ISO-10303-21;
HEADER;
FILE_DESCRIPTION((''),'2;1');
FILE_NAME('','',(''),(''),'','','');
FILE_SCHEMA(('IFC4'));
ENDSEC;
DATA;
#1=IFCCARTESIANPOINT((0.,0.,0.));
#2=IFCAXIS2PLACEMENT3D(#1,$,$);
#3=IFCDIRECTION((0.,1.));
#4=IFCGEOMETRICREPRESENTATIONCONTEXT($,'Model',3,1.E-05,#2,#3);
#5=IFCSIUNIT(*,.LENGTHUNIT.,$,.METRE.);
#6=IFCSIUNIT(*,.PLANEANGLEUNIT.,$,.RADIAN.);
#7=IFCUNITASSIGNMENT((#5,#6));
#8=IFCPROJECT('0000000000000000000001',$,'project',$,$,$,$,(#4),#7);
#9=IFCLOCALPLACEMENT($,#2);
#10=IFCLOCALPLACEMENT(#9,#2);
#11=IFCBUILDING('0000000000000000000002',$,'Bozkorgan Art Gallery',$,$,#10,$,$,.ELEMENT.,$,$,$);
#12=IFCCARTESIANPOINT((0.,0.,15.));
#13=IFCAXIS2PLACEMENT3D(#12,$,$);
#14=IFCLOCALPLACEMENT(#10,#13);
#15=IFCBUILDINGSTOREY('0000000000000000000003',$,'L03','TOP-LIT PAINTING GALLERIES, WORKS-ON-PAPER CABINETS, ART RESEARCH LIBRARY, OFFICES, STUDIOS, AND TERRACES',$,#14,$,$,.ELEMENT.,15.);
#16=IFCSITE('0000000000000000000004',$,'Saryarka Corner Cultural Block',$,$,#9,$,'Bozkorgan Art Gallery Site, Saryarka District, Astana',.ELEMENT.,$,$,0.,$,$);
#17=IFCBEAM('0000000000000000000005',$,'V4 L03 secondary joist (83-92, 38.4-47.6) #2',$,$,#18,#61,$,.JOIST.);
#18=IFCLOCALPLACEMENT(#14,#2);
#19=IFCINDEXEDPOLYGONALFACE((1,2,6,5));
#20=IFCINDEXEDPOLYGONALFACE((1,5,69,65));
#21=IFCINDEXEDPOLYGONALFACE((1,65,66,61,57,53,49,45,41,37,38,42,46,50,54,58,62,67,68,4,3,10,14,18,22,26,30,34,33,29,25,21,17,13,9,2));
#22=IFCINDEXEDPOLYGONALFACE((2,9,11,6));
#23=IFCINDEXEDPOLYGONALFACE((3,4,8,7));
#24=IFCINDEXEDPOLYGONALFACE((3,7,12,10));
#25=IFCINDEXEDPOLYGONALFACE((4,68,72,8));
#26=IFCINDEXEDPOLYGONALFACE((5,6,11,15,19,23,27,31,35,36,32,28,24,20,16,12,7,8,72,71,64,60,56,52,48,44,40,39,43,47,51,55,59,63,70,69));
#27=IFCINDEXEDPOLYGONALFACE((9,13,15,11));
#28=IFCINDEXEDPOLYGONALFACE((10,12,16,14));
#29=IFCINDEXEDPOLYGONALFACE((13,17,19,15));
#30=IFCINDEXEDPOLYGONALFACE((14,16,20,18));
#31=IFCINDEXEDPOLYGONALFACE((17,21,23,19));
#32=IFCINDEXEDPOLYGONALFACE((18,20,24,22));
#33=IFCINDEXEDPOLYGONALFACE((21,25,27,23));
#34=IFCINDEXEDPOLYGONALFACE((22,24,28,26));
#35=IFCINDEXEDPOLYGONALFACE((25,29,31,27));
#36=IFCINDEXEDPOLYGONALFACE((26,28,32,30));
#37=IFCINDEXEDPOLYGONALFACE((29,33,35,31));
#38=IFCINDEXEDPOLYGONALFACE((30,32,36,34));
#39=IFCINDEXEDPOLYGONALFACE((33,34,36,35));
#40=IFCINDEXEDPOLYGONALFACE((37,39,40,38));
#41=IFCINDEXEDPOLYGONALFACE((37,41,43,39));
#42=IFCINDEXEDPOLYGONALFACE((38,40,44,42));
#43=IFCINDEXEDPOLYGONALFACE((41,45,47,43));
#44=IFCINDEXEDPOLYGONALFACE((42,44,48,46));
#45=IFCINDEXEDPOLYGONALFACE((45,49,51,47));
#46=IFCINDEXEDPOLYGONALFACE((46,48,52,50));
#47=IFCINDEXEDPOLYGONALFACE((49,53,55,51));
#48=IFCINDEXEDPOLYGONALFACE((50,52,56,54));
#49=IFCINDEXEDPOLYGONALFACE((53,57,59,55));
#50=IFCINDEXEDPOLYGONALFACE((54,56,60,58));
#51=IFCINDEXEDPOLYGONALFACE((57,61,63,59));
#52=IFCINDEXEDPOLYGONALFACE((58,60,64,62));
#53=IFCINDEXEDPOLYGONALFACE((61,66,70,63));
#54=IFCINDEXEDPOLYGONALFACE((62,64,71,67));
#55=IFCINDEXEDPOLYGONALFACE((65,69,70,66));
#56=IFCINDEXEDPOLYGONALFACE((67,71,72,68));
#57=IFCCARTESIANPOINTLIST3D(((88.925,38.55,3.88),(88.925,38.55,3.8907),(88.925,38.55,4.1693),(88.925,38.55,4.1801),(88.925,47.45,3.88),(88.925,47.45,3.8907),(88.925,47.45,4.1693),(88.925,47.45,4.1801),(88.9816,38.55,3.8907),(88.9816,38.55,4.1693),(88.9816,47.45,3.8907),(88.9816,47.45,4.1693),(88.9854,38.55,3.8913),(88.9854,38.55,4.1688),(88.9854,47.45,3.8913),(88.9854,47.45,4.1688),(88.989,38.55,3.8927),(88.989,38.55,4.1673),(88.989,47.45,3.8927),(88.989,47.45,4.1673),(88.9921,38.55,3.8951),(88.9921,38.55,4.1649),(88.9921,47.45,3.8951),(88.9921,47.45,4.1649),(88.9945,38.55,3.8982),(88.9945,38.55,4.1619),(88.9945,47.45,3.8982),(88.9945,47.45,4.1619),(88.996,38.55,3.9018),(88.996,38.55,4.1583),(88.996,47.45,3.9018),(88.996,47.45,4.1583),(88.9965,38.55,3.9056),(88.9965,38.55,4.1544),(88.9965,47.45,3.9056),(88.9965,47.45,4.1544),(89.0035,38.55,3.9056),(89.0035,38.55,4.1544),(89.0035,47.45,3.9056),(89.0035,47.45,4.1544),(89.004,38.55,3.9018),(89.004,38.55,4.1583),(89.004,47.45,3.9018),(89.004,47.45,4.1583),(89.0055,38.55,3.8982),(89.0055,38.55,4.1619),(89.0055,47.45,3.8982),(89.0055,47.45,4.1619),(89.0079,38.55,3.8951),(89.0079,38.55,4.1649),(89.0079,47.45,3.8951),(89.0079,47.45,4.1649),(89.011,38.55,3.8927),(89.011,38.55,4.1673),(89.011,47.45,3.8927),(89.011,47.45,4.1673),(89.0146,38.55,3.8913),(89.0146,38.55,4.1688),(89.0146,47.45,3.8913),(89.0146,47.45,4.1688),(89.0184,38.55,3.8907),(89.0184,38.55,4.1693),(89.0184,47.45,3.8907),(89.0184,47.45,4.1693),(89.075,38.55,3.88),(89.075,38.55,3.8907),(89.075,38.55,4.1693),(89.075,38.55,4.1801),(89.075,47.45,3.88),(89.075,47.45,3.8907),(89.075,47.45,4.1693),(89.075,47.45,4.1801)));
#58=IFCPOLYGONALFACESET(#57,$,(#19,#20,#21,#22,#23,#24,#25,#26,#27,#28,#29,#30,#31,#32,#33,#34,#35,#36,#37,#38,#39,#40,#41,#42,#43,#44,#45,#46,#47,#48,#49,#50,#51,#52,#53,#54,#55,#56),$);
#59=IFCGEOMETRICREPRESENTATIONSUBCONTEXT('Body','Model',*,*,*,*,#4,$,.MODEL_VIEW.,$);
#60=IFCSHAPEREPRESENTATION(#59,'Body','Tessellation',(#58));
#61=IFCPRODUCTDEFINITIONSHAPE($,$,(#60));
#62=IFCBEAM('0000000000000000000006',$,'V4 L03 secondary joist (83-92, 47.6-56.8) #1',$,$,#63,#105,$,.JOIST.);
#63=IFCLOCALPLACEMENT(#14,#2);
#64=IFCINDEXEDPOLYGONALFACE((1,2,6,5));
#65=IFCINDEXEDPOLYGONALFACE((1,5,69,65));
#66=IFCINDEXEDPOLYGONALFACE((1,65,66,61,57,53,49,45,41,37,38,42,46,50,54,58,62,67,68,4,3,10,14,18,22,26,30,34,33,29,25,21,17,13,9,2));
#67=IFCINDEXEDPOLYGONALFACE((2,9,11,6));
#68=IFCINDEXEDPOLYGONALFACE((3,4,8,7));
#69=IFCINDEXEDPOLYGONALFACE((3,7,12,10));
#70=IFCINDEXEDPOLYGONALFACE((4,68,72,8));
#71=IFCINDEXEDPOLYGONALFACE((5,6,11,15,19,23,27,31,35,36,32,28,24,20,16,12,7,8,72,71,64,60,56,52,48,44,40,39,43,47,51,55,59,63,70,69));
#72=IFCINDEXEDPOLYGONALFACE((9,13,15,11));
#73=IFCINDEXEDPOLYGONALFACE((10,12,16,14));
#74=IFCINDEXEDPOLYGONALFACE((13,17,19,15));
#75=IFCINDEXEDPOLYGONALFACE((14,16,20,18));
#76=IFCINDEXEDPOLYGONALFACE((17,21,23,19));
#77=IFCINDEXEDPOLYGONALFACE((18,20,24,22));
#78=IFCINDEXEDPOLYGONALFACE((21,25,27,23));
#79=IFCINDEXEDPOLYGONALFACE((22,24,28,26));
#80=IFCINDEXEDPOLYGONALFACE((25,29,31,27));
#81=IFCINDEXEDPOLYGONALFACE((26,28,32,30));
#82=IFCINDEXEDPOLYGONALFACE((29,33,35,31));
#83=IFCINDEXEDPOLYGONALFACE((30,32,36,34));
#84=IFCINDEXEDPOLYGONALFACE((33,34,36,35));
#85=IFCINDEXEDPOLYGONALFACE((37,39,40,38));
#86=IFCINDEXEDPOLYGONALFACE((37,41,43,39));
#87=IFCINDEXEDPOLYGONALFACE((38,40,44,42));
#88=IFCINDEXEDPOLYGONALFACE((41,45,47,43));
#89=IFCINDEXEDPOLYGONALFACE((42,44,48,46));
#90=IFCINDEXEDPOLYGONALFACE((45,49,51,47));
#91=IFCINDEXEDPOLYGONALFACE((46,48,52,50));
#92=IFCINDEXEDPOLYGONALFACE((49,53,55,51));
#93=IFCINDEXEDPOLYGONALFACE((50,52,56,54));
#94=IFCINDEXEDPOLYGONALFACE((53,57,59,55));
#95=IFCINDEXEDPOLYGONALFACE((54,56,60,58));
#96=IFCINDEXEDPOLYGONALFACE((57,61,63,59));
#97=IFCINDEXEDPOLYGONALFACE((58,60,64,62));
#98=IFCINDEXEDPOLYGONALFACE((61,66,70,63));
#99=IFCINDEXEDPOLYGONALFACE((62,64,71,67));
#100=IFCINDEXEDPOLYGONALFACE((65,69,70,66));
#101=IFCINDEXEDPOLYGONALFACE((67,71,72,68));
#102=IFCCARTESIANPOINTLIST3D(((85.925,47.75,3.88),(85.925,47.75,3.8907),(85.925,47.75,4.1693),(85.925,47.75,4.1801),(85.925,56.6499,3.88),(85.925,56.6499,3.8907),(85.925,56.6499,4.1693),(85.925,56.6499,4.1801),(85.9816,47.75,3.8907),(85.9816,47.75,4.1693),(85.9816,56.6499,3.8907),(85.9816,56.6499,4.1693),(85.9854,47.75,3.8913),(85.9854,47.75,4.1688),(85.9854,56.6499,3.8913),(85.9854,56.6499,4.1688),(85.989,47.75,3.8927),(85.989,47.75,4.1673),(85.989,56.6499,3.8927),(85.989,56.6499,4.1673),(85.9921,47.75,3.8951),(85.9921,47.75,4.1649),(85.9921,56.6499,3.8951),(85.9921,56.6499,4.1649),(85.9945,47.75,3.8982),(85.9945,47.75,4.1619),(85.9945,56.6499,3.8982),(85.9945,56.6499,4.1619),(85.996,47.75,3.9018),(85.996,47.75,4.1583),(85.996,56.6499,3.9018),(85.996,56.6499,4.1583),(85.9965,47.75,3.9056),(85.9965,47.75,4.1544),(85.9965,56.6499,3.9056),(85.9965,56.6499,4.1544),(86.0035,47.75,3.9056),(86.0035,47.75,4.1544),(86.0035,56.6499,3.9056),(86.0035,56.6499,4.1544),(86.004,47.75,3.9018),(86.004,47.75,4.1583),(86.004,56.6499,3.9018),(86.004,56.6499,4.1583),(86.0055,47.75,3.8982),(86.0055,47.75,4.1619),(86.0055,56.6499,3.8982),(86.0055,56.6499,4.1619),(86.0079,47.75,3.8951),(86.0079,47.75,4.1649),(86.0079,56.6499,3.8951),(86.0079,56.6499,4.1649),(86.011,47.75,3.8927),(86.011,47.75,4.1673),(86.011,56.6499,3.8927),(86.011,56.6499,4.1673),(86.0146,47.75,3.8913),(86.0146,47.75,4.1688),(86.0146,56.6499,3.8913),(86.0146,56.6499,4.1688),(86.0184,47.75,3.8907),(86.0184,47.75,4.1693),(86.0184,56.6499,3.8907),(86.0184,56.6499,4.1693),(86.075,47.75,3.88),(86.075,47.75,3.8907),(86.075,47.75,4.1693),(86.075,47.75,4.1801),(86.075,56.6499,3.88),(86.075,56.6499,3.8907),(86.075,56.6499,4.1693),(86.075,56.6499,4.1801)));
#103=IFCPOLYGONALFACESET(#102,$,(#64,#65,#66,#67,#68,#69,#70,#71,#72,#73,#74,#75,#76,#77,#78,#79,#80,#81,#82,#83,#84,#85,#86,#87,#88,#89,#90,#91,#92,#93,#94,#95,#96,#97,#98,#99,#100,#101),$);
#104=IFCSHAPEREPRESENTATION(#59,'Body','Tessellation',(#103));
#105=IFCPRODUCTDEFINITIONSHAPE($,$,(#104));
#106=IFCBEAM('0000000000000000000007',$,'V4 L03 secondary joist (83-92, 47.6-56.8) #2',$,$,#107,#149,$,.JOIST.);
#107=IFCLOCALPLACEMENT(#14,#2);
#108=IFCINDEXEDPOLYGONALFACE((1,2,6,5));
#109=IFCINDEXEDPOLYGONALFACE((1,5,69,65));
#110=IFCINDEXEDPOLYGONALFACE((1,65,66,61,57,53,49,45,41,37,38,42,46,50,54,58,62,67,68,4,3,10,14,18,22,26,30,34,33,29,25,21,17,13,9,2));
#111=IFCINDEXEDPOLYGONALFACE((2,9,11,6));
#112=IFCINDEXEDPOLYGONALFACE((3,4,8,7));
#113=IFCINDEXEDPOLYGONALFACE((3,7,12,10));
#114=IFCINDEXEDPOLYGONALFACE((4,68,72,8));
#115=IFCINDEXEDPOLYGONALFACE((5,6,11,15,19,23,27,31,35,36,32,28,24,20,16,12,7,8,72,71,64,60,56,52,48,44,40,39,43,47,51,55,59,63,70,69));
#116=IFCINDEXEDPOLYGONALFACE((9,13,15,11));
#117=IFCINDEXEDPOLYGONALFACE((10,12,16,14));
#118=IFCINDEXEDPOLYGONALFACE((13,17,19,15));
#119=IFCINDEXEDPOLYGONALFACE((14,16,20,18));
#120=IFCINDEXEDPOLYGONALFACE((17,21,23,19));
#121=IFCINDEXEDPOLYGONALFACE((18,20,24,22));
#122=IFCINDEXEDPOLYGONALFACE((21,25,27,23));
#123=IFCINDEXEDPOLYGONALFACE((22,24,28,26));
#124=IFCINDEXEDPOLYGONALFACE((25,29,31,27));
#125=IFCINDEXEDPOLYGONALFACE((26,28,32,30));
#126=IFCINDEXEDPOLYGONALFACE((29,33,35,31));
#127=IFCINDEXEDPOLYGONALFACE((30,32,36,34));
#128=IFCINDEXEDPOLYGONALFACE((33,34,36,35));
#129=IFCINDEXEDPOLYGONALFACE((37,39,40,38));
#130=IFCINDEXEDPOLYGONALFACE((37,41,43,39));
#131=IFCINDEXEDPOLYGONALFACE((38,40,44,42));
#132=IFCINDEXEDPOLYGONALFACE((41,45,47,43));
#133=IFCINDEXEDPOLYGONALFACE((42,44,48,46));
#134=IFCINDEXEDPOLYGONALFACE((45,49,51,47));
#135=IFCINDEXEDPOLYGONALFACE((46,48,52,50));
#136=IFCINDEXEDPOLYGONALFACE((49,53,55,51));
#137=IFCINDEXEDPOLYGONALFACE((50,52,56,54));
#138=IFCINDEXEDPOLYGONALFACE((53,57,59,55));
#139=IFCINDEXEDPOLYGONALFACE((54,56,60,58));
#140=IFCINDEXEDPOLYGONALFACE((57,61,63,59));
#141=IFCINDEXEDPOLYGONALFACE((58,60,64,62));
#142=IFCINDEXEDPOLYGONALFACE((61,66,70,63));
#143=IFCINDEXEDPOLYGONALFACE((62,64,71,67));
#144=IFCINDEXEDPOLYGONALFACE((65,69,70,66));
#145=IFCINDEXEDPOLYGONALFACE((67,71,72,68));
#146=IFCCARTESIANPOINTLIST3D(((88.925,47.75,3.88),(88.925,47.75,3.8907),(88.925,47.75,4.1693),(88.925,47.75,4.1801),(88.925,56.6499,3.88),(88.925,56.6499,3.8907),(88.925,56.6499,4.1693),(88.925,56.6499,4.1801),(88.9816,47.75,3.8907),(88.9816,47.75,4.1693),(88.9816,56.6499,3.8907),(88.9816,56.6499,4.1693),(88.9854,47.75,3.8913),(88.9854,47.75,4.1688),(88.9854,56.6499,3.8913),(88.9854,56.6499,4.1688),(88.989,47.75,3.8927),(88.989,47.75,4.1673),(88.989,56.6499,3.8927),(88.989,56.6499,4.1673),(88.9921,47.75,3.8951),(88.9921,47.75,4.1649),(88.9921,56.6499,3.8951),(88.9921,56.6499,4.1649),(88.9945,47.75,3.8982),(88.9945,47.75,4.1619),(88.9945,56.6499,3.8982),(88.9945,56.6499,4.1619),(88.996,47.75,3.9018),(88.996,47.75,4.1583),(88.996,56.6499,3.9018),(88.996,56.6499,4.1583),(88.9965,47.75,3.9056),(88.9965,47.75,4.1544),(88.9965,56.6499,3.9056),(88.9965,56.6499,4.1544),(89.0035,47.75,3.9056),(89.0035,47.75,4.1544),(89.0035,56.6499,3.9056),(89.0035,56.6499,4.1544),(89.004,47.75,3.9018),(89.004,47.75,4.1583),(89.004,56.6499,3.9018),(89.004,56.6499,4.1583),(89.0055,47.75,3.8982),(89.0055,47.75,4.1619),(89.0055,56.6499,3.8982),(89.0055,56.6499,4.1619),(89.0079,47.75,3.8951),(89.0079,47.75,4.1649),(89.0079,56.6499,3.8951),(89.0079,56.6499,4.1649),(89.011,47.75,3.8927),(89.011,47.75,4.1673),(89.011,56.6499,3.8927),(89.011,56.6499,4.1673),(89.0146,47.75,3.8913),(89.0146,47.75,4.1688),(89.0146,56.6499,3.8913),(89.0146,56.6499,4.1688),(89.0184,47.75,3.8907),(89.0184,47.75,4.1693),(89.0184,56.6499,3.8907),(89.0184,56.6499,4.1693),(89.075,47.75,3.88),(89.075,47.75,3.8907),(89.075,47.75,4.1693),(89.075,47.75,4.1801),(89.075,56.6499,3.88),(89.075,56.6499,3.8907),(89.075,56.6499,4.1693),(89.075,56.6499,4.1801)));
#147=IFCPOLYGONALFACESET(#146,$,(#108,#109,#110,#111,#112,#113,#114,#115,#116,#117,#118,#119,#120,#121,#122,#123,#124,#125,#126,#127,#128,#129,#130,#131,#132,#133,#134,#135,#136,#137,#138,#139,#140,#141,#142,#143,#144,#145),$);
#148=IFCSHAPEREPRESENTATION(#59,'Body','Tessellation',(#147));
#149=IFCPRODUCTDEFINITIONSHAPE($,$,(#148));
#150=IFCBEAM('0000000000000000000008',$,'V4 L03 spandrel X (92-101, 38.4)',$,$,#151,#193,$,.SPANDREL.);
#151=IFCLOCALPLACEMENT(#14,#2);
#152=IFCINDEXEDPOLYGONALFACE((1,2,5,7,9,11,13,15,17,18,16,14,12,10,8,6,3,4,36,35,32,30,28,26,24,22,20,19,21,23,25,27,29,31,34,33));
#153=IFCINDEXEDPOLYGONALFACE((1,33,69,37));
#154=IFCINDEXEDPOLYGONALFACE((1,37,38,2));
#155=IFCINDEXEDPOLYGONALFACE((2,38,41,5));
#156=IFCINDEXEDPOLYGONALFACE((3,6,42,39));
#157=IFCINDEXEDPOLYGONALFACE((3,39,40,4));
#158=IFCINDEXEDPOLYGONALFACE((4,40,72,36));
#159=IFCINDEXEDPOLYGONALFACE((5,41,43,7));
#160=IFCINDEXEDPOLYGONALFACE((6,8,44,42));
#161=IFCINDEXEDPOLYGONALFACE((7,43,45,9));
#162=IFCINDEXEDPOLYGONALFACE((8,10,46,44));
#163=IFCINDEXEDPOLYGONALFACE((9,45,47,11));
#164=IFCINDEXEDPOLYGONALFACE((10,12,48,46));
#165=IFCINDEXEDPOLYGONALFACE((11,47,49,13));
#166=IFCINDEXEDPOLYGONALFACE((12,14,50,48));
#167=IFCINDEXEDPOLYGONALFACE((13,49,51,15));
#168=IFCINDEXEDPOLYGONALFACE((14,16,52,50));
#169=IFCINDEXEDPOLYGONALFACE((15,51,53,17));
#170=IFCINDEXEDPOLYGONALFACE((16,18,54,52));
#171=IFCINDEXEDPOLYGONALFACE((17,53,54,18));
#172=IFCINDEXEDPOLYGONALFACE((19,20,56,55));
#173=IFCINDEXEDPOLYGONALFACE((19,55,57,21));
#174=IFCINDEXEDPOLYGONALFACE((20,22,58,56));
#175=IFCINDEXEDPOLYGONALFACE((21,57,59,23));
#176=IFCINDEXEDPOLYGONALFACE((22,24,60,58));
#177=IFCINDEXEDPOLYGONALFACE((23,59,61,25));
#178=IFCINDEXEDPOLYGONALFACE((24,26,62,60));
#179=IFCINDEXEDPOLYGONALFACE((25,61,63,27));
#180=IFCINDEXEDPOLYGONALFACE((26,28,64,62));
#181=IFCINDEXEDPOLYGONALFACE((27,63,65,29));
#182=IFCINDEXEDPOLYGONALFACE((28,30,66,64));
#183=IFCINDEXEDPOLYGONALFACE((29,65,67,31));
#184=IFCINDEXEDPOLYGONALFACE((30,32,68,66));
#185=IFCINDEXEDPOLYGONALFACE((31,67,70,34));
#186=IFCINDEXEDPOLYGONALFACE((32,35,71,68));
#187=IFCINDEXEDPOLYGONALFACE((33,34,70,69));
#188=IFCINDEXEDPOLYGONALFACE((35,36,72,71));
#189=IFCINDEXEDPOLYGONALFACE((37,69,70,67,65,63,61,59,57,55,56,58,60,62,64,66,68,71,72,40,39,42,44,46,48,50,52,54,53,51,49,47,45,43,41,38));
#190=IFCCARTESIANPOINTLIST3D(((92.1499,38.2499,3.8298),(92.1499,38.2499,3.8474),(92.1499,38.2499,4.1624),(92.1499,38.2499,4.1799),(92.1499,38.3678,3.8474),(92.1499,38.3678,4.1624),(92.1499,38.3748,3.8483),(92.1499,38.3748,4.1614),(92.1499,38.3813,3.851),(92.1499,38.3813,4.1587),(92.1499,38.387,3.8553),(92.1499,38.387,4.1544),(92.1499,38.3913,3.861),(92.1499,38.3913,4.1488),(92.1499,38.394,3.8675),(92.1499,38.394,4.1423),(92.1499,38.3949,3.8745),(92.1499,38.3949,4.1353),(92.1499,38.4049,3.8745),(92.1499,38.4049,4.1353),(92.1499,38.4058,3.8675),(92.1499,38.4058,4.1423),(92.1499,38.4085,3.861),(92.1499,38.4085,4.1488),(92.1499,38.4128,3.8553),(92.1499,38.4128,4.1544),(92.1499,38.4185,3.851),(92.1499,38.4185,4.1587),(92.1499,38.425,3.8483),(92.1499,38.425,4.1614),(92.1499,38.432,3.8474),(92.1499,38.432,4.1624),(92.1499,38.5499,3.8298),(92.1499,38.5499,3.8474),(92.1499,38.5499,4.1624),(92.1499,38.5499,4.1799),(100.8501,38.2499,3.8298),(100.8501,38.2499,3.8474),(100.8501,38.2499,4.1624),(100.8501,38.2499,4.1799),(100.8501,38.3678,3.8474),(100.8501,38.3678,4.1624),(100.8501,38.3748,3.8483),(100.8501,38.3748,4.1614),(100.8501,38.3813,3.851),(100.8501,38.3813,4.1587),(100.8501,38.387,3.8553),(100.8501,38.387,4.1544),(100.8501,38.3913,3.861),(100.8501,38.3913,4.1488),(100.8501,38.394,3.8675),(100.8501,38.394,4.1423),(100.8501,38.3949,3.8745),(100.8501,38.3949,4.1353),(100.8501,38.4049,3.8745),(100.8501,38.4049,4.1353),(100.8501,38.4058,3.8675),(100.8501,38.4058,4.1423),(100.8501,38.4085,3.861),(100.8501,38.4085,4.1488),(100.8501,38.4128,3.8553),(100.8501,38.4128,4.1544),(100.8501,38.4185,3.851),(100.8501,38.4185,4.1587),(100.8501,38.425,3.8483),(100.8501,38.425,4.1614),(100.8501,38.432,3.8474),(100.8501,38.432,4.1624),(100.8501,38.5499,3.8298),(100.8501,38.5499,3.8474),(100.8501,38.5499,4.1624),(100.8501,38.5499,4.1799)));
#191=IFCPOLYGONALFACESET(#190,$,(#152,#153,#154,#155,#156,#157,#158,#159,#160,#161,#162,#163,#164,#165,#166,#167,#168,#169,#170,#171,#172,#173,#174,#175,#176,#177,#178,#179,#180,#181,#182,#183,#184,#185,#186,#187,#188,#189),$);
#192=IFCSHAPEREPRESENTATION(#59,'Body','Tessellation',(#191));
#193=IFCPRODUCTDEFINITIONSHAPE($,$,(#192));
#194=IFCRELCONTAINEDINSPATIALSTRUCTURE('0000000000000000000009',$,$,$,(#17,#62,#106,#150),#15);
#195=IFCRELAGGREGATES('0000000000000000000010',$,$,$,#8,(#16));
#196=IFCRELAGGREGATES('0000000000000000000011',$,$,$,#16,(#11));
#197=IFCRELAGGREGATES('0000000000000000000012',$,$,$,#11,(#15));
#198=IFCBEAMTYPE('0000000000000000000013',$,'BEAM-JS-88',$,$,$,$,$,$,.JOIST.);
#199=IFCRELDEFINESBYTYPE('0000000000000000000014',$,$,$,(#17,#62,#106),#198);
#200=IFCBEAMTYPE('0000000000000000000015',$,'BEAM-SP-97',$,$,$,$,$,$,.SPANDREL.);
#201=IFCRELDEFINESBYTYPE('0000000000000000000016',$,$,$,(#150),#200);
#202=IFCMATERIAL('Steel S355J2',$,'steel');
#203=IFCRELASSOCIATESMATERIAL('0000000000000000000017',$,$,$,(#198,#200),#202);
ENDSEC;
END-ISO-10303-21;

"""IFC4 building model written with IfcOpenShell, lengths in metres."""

from ifc_helpers import new_model, si_unit, direction, frame, origin, origin_2d, place, context, subcontext, project, spatial, i_section, extrude, material, material_profile, profile_set, type_object, element, save


model = new_model("IFC4")

# Units and contexts
model_context = context("Model", 3, precision=1e-05, world=origin(), true_north=direction((0.0, 1.0)))
body_context = subcontext(model_context, "Body", "Model", "MODEL_VIEW")
ifc_project = project(units=[si_unit("LENGTHUNIT", "METRE"), si_unit("PLANEANGLEUNIT", "RADIAN")], contexts=[model_context])

# Site, building, storey
site_placement = place(None, origin())
site = spatial("IfcSite", under=ifc_project, at=site_placement, Name="Saryarka Corner Cultural Block", LongName="Bozkorgan Art Gallery Site, Saryarka District, Astana", CompositionType="ELEMENT", RefElevation=0.0)
building_placement = place(site_placement, origin())
building = spatial("IfcBuilding", under=site, at=building_placement, Name="Bozkorgan Art Gallery", CompositionType="ELEMENT")
storey_placement = place(building_placement, frame((0.0, 0.0, 15.0)))
storey = spatial("IfcBuildingStorey", under=building, at=storey_placement, Name="L03", Description="TOP-LIT PAINTING GALLERIES, WORKS-ON-PAPER CABINETS, ART RESEARCH LIBRARY, OFFICES, STUDIOS, AND TERRACES", CompositionType="ELEMENT", Elevation=15.0)

# Shared definitions
ifc_material_1 = material(Name="Steel S355J2", Category="steel")

# Beams
ifc_material_profile_1 = material_profile(ifc_material_1, i_section(OverallWidth=0.1499, OverallDepth=0.3, WebThickness=0.0071, FlangeThickness=0.0107, FilletRadius=0.0149, at=origin_2d()), Name="IPE 300")
ifc_profile_set_1 = profile_set([ifc_material_profile_1], Name="Steel S355J2")
beam_type_1 = type_object("IfcBeamType", Name="BEAM-JS-88", PredefinedType="JOIST", material=ifc_profile_set_1)
for number, where, z_axis, x_axis, name in (
    (1, (89.0, 38.55, 4.03), (0.0, 1.0, 0.0), (-1.0, 0.0, 0.0), "V4 L03 secondary joist (83-92, 38.4-47.6) #2"),
    (2, (86.0, 47.75, 4.03), (0.0, 1.0, 0.0), (-1.0, 0.0, 0.0), "V4 L03 secondary joist (83-92, 47.6-56.8) #1"),
    (3, (89.0, 47.75, 4.03), (0.0, 1.0, 0.0), (-1.0, 0.0, 0.0), "V4 L03 secondary joist (83-92, 47.6-56.8) #2"),
):
    element("IfcBeam", number, at=place(storey_placement, frame(where, z_axis=z_axis, x_axis=x_axis)), inside=storey, type_object=beam_type_1, Name=name, PredefinedType="JOIST", context=body_context, shape_type="SweptSolid", body=[
        extrude(i_section(OverallWidth=0.1499, OverallDepth=0.3, WebThickness=0.0071, FlangeThickness=0.0107, FilletRadius=0.0149, at=origin_2d()), origin(), (0.0, 0.0, 1.0), 8.8999),
    ])
ifc_material_profile_2 = material_profile(ifc_material_1, i_section(OverallWidth=0.3, OverallDepth=0.3501, WebThickness=0.01, FlangeThickness=0.0176, FilletRadius=0.0271, at=origin_2d()), Name="HEA 360")
ifc_profile_set_2 = profile_set([ifc_material_profile_2], Name="Steel S355J2")
beam_type_2 = type_object("IfcBeamType", Name="BEAM-SP-97", PredefinedType="SPANDREL", material=ifc_profile_set_2)
beam_1_placement = place(storey_placement, frame((92.1499, 38.3999, 4.0049), z_axis=(1.0, 0.0, 0.0), x_axis=(0.0, 1.0, 0.0)))
element("IfcBeam", 4, at=beam_1_placement, inside=storey, type_object=beam_type_2, Name="V4 L03 spandrel X (92-101, 38.4)", PredefinedType="SPANDREL", context=body_context, shape_type="SweptSolid", body=[
    extrude(i_section(OverallWidth=0.3, OverallDepth=0.3501, WebThickness=0.01, FlangeThickness=0.0176, FilletRadius=0.0271, at=origin_2d()), origin(), (0.0, 0.0, 1.0), 8.7002),
])

save(model, "model.ifc")
